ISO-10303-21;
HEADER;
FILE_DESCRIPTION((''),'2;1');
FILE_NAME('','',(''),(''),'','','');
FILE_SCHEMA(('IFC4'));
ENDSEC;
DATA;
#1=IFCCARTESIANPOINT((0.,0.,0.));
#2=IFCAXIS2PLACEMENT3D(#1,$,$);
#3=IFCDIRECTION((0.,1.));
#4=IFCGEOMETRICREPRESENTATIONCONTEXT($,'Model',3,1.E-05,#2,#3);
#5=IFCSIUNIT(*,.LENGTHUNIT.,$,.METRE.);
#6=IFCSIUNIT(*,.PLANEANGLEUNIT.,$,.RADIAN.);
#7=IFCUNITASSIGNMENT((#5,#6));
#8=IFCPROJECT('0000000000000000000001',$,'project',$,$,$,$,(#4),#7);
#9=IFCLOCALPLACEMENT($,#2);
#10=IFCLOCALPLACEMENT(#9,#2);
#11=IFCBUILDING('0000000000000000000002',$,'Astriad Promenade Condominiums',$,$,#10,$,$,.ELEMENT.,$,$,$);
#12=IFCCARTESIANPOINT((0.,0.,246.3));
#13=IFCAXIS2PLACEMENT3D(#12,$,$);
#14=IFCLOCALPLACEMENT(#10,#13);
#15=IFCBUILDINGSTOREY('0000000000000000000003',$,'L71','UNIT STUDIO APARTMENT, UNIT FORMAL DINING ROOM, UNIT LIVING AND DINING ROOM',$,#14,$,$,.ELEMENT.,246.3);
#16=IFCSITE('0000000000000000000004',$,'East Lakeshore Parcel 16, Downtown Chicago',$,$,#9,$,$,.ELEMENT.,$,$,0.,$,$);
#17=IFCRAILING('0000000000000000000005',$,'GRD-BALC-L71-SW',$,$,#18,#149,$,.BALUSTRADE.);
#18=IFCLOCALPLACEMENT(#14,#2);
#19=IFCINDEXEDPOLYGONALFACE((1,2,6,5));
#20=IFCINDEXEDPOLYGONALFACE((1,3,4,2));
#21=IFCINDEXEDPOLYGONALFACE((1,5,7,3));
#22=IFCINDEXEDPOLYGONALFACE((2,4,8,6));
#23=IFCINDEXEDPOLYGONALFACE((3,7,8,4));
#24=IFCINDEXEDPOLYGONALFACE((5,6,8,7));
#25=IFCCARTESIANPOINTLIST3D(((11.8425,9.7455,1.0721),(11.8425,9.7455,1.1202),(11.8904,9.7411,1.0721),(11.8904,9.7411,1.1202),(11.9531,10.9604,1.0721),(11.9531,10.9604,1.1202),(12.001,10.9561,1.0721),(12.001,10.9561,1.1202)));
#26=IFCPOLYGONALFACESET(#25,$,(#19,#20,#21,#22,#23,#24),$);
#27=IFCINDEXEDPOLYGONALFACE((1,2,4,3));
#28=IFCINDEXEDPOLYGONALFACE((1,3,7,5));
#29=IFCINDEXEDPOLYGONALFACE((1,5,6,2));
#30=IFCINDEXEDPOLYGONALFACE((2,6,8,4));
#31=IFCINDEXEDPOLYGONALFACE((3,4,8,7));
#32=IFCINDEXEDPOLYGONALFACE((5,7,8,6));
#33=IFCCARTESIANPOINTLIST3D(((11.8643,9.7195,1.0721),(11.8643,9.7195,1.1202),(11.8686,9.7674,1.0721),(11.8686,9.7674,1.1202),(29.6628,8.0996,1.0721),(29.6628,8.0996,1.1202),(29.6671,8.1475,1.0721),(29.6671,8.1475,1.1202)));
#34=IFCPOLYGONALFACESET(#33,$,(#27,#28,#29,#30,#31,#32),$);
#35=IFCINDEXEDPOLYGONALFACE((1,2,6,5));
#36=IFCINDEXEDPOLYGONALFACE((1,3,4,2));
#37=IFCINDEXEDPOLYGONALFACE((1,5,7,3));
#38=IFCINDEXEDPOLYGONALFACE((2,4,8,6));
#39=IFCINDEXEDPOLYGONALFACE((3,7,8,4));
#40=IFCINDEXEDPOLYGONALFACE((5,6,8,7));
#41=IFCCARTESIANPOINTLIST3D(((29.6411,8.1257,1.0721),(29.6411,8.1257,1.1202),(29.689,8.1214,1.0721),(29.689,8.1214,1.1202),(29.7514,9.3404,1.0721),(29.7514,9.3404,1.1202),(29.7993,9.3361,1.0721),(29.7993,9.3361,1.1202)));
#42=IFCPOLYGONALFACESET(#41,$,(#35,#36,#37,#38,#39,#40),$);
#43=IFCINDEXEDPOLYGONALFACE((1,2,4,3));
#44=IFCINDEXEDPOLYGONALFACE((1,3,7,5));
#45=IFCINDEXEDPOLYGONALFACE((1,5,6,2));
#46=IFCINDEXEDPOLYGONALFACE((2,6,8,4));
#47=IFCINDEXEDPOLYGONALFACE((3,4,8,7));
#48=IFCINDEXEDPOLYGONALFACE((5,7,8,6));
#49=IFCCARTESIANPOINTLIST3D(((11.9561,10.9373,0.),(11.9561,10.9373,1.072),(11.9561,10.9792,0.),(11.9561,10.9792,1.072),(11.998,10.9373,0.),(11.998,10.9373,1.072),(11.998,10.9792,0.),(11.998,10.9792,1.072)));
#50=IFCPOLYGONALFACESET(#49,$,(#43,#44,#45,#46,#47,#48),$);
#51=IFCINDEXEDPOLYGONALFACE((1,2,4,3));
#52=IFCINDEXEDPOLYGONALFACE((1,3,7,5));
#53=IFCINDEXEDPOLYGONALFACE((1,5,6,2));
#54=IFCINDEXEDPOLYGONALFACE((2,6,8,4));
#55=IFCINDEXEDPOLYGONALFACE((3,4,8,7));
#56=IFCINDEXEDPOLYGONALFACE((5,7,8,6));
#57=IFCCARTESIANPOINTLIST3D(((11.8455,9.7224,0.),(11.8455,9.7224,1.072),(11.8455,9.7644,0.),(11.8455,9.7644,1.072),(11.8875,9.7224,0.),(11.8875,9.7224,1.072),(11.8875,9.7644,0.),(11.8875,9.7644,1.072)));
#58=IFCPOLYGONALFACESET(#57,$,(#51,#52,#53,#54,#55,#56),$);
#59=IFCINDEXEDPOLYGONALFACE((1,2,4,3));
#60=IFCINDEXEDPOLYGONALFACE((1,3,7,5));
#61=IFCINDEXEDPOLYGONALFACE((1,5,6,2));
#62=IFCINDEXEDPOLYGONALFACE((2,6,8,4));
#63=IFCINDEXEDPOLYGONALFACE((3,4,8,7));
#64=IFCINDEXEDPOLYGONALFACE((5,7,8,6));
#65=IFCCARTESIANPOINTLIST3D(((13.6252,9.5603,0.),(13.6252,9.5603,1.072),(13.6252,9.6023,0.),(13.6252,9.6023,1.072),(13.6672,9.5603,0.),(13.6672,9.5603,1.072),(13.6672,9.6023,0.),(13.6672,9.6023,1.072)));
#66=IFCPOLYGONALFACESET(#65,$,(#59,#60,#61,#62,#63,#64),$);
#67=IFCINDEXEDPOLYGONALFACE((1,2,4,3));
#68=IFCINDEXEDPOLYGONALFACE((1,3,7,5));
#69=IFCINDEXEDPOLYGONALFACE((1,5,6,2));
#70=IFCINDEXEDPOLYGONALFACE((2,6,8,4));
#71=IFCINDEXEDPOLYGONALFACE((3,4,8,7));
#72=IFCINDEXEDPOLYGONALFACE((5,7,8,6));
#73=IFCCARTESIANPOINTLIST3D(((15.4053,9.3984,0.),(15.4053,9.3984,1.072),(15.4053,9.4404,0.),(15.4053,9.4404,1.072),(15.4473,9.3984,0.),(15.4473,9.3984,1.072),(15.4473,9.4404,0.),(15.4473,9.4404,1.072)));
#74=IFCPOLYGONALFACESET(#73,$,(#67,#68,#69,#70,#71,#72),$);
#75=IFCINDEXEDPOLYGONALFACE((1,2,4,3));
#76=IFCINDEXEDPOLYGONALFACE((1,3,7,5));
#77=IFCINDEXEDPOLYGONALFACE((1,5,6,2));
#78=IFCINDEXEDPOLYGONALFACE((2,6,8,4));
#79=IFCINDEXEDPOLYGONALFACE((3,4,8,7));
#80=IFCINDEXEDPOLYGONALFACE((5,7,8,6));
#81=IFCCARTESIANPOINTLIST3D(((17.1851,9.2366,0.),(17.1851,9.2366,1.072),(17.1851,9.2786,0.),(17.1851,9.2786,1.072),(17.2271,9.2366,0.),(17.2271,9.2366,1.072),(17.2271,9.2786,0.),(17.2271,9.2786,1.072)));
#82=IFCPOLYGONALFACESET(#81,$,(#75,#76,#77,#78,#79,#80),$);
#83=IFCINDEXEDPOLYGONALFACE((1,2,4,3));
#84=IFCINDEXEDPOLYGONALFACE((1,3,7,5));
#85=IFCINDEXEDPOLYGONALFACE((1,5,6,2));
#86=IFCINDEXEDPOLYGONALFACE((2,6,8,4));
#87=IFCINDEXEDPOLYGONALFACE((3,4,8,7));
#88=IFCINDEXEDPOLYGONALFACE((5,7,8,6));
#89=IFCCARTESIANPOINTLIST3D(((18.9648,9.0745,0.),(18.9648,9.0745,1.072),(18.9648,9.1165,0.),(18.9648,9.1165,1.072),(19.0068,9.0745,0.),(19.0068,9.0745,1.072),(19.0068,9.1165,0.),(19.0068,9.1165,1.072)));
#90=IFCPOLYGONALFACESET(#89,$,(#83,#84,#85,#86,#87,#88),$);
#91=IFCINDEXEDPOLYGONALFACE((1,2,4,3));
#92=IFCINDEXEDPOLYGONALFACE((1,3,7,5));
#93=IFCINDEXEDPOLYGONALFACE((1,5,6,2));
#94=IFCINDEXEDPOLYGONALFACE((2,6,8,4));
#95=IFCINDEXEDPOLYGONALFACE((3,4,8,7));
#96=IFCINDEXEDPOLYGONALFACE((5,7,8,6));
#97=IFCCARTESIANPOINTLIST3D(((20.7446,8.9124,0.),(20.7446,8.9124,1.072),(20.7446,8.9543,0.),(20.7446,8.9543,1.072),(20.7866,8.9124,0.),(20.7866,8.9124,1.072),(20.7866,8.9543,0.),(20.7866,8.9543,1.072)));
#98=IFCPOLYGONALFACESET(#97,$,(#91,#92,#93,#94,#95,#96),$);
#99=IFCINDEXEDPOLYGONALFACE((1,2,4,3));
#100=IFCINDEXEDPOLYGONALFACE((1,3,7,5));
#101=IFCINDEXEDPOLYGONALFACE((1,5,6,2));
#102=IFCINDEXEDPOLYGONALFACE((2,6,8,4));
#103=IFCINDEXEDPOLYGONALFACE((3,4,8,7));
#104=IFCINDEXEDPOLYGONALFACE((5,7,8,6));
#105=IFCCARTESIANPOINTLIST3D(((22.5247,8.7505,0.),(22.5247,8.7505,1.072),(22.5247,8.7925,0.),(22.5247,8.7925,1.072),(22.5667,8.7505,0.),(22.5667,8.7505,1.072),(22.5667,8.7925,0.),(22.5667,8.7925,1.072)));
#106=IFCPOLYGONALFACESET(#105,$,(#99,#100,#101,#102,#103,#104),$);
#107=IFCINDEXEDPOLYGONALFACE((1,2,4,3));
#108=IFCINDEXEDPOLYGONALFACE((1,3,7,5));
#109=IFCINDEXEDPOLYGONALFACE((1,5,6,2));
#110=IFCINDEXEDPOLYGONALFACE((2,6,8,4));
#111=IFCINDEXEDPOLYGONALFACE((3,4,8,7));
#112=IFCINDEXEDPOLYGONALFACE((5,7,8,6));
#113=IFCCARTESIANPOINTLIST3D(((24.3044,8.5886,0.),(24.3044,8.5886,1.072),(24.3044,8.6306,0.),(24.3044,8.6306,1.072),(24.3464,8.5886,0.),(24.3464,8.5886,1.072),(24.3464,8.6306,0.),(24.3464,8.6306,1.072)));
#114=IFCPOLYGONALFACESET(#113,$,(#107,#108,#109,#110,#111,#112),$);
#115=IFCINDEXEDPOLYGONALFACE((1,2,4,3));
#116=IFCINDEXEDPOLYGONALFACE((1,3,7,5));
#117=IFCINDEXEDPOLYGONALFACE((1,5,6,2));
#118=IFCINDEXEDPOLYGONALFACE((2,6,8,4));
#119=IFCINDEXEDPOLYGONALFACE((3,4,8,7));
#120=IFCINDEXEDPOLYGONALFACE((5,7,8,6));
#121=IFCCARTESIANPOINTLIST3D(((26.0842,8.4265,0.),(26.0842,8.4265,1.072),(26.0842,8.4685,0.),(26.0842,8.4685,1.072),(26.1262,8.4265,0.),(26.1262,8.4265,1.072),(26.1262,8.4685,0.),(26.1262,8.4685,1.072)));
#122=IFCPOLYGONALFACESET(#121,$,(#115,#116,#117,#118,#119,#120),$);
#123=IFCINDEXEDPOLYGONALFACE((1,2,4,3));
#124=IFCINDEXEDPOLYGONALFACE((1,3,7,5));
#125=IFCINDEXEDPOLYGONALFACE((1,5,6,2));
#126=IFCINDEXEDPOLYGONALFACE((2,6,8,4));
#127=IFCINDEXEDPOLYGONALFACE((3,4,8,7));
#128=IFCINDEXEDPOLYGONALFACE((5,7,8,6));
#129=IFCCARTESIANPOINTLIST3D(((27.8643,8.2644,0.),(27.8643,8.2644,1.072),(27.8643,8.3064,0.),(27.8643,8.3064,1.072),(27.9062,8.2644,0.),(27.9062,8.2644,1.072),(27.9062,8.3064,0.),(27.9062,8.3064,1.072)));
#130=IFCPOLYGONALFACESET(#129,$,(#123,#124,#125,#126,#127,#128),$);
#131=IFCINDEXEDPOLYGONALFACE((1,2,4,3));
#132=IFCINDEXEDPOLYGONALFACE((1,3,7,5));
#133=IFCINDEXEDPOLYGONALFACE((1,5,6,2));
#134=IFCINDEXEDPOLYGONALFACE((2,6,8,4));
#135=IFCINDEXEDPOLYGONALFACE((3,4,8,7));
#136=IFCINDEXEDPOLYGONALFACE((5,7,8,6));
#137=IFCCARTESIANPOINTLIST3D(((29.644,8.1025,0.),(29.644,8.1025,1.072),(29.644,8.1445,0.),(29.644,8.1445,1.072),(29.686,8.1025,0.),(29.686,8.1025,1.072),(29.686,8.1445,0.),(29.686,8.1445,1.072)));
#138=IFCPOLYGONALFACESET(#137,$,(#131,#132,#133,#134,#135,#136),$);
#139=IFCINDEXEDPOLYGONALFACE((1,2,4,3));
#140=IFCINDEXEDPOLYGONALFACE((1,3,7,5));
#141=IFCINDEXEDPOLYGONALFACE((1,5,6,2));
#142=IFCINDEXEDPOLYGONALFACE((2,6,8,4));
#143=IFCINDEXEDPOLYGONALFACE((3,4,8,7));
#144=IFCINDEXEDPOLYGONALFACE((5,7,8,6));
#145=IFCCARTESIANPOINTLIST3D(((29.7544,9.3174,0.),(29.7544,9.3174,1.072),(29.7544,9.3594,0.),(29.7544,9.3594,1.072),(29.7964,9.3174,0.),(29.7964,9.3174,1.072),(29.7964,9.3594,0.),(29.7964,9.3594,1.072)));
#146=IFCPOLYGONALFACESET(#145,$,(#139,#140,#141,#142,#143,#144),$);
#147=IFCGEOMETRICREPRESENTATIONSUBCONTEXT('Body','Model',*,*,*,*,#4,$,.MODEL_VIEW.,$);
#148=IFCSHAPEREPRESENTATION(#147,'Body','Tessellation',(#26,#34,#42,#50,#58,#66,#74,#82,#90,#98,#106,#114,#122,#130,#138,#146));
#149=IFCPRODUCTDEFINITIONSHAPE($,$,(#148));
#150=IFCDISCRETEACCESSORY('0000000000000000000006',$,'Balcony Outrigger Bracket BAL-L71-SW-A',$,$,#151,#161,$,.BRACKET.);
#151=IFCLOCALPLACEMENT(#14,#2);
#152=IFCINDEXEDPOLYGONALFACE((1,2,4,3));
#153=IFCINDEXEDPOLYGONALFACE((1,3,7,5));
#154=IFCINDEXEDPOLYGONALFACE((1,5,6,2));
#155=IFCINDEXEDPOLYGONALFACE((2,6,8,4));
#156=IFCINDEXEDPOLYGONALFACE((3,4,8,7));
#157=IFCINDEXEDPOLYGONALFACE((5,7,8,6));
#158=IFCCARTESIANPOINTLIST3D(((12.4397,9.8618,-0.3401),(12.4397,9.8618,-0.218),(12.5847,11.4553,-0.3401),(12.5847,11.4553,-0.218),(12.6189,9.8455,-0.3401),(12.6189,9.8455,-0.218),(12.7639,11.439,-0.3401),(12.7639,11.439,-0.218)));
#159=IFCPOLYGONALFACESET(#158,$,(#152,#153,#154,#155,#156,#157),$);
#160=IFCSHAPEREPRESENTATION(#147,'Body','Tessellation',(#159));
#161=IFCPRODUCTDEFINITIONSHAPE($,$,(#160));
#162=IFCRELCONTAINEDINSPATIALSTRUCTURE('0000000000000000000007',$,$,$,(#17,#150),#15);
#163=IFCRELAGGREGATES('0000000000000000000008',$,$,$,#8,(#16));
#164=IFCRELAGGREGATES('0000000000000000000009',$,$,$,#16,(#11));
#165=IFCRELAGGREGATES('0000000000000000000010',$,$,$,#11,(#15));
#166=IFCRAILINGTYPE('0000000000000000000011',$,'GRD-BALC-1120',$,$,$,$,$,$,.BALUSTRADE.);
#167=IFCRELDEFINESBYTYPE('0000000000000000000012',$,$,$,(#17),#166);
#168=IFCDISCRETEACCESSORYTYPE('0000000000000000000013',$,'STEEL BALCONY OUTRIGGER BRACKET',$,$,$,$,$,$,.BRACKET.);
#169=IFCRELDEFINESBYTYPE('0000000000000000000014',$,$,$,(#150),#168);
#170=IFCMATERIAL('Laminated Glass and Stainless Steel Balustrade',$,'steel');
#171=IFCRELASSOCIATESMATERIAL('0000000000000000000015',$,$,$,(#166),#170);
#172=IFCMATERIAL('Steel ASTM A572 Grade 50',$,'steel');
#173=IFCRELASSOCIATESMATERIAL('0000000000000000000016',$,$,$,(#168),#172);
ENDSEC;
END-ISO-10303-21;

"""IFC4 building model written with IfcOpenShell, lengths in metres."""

from ifc_helpers import new_model, si_unit, direction, frame, origin, origin_2d, place, context, subcontext, project, spatial, rectangle, extrude, source, transform, mapped, material, type_object, type_shapes, element, save


model = new_model("IFC4")

# Units and contexts
model_context = context("Model", 3, precision=1e-05, world=origin(), true_north=direction((0.0, 1.0)))
body_context = subcontext(model_context, "Body", "Model", "MODEL_VIEW")
ifc_project = project(units=[si_unit("LENGTHUNIT", "METRE"), si_unit("PLANEANGLEUNIT", "RADIAN")], contexts=[model_context])

# Site, building, storey
site_placement = place(None, origin())
site = spatial("IfcSite", under=ifc_project, at=site_placement, Name="East Lakeshore Parcel 16, Downtown Chicago", CompositionType="ELEMENT", RefElevation=0.0)
building_placement = place(site_placement, origin())
building = spatial("IfcBuilding", under=site, at=building_placement, Name="Astriad Promenade Condominiums", CompositionType="ELEMENT")
storey_placement = place(building_placement, frame((0.0, 0.0, 246.3)))
storey = spatial("IfcBuildingStorey", under=building, at=storey_placement, Name="L71", Description="UNIT STUDIO APARTMENT, UNIT FORMAL DINING ROOM, UNIT LIVING AND DINING ROOM", CompositionType="ELEMENT", Elevation=246.3)

# Railing
ifc_material_1 = material(Name="Laminated Glass and Stainless Steel Balustrade", Category="steel")
railing_type = type_object("IfcRailingType", Name="GRD-BALC-1120", PredefinedType="BALUSTRADE", material=ifc_material_1)
shared_shape_1 = source(origin(), body_context, "Body", "SweptSolid", [
    extrude(rectangle(XDim=0.0481, YDim=0.0481, at=origin_2d()), frame((0.0, 0.0, 1.0962), z_axis=(-0.090662, -0.995882, 0.0), x_axis=(0.995882, -0.090662, 0.0)), (0.0, 0.0, 1.0), 1.22),
    extrude(rectangle(XDim=0.0481, YDim=0.0481, at=origin_2d()), frame((-0.1106, -1.2148, 1.0962), z_axis=(0.995884, -0.090637, 0.0), x_axis=(0.090637, 0.995884, 0.0)), (0.0, 0.0, 1.0), 17.8721),
    extrude(rectangle(XDim=0.0481, YDim=0.0481, at=origin_2d()), frame((17.688, -2.8347, 1.0962), z_axis=(0.090464, 0.9959, 0.0), x_axis=(-0.9959, 0.090464, 0.0)), (0.0, 0.0, 1.0), 1.2197),
    extrude(rectangle(XDim=0.042, YDim=0.042, at=origin_2d()), origin(), (0.0, 0.0, 1.0), 1.072),
    extrude(rectangle(XDim=0.042, YDim=0.042, at=origin_2d()), frame((-0.1106, -1.2148, 0.0)), (0.0, 0.0, 1.0), 1.072),
    extrude(rectangle(XDim=0.042, YDim=0.042, at=origin_2d()), frame((1.6692, -1.377, 0.0)), (0.0, 0.0, 1.0), 1.072),
    extrude(rectangle(XDim=0.042, YDim=0.042, at=origin_2d()), frame((3.4492, -1.5388, 0.0)), (0.0, 0.0, 1.0), 1.072),
    extrude(rectangle(XDim=0.042, YDim=0.042, at=origin_2d()), frame((5.229, -1.7007, 0.0)), (0.0, 0.0, 1.0), 1.072),
    extrude(rectangle(XDim=0.042, YDim=0.042, at=origin_2d()), frame((7.0088, -1.8628, 0.0)), (0.0, 0.0, 1.0), 1.072),
    extrude(rectangle(XDim=0.042, YDim=0.042, at=origin_2d()), frame((8.7886, -2.0249, 0.0)), (0.0, 0.0, 1.0), 1.072),
    extrude(rectangle(XDim=0.042, YDim=0.042, at=origin_2d()), frame((10.5686, -2.1868, 0.0)), (0.0, 0.0, 1.0), 1.072),
    extrude(rectangle(XDim=0.042, YDim=0.042, at=origin_2d()), frame((12.3484, -2.3486, 0.0)), (0.0, 0.0, 1.0), 1.072),
    extrude(rectangle(XDim=0.042, YDim=0.042, at=origin_2d()), frame((14.1282, -2.5107, 0.0)), (0.0, 0.0, 1.0), 1.072),
    extrude(rectangle(XDim=0.042, YDim=0.042, at=origin_2d()), frame((15.9082, -2.6729, 0.0)), (0.0, 0.0, 1.0), 1.072),
    extrude(rectangle(XDim=0.042, YDim=0.042, at=origin_2d()), frame((17.688, -2.8347, 0.0)), (0.0, 0.0, 1.0), 1.072),
    extrude(rectangle(XDim=0.042, YDim=0.042, at=origin_2d()), frame((17.7983, -1.6199, 0.0)), (0.0, 0.0, 1.0), 1.072),
])
type_shapes(railing_type, [shared_shape_1])
railing_placement = place(storey_placement, frame((11.9771, 10.9583, 0.0)))
element("IfcRailing", 1, at=railing_placement, inside=storey, type_object=railing_type, Name="GRD-BALC-L71-SW", PredefinedType="BALUSTRADE", context=body_context, shape_type="MappedRepresentation", body=[
    mapped(shared_shape_1, transform((0.0, 0.0, 0.0), scale=1.0)),
])

# Discrete accessory
ifc_material_2 = material(Name="Steel ASTM A572 Grade 50", Category="steel")
discrete_accessory_type = type_object("IfcDiscreteAccessoryType", Name="STEEL BALCONY OUTRIGGER BRACKET", PredefinedType="BRACKET", material=ifc_material_2)
shared_shape_2 = source(origin(), body_context, "Body", "SweptSolid", [
    extrude(rectangle(XDim=1.6001, YDim=0.1799, at=origin_2d()), origin(), (0.0, 0.0, 1.0), 0.1221),
])
type_shapes(discrete_accessory_type, [shared_shape_2])
discrete_accessory_placement = place(storey_placement, frame((12.6018, 10.6504, -0.3401), z_axis=(0.0, 0.0, 1.0), x_axis=(-0.090633, -0.995884, 0.0)))
element("IfcDiscreteAccessory", 2, at=discrete_accessory_placement, inside=storey, type_object=discrete_accessory_type, Name="Balcony Outrigger Bracket BAL-L71-SW-A", PredefinedType="BRACKET", context=body_context, shape_type="MappedRepresentation", body=[
    mapped(shared_shape_2, transform((0.0, 0.0, 0.0), scale=1.0)),
])

save(model, "model.ifc")
